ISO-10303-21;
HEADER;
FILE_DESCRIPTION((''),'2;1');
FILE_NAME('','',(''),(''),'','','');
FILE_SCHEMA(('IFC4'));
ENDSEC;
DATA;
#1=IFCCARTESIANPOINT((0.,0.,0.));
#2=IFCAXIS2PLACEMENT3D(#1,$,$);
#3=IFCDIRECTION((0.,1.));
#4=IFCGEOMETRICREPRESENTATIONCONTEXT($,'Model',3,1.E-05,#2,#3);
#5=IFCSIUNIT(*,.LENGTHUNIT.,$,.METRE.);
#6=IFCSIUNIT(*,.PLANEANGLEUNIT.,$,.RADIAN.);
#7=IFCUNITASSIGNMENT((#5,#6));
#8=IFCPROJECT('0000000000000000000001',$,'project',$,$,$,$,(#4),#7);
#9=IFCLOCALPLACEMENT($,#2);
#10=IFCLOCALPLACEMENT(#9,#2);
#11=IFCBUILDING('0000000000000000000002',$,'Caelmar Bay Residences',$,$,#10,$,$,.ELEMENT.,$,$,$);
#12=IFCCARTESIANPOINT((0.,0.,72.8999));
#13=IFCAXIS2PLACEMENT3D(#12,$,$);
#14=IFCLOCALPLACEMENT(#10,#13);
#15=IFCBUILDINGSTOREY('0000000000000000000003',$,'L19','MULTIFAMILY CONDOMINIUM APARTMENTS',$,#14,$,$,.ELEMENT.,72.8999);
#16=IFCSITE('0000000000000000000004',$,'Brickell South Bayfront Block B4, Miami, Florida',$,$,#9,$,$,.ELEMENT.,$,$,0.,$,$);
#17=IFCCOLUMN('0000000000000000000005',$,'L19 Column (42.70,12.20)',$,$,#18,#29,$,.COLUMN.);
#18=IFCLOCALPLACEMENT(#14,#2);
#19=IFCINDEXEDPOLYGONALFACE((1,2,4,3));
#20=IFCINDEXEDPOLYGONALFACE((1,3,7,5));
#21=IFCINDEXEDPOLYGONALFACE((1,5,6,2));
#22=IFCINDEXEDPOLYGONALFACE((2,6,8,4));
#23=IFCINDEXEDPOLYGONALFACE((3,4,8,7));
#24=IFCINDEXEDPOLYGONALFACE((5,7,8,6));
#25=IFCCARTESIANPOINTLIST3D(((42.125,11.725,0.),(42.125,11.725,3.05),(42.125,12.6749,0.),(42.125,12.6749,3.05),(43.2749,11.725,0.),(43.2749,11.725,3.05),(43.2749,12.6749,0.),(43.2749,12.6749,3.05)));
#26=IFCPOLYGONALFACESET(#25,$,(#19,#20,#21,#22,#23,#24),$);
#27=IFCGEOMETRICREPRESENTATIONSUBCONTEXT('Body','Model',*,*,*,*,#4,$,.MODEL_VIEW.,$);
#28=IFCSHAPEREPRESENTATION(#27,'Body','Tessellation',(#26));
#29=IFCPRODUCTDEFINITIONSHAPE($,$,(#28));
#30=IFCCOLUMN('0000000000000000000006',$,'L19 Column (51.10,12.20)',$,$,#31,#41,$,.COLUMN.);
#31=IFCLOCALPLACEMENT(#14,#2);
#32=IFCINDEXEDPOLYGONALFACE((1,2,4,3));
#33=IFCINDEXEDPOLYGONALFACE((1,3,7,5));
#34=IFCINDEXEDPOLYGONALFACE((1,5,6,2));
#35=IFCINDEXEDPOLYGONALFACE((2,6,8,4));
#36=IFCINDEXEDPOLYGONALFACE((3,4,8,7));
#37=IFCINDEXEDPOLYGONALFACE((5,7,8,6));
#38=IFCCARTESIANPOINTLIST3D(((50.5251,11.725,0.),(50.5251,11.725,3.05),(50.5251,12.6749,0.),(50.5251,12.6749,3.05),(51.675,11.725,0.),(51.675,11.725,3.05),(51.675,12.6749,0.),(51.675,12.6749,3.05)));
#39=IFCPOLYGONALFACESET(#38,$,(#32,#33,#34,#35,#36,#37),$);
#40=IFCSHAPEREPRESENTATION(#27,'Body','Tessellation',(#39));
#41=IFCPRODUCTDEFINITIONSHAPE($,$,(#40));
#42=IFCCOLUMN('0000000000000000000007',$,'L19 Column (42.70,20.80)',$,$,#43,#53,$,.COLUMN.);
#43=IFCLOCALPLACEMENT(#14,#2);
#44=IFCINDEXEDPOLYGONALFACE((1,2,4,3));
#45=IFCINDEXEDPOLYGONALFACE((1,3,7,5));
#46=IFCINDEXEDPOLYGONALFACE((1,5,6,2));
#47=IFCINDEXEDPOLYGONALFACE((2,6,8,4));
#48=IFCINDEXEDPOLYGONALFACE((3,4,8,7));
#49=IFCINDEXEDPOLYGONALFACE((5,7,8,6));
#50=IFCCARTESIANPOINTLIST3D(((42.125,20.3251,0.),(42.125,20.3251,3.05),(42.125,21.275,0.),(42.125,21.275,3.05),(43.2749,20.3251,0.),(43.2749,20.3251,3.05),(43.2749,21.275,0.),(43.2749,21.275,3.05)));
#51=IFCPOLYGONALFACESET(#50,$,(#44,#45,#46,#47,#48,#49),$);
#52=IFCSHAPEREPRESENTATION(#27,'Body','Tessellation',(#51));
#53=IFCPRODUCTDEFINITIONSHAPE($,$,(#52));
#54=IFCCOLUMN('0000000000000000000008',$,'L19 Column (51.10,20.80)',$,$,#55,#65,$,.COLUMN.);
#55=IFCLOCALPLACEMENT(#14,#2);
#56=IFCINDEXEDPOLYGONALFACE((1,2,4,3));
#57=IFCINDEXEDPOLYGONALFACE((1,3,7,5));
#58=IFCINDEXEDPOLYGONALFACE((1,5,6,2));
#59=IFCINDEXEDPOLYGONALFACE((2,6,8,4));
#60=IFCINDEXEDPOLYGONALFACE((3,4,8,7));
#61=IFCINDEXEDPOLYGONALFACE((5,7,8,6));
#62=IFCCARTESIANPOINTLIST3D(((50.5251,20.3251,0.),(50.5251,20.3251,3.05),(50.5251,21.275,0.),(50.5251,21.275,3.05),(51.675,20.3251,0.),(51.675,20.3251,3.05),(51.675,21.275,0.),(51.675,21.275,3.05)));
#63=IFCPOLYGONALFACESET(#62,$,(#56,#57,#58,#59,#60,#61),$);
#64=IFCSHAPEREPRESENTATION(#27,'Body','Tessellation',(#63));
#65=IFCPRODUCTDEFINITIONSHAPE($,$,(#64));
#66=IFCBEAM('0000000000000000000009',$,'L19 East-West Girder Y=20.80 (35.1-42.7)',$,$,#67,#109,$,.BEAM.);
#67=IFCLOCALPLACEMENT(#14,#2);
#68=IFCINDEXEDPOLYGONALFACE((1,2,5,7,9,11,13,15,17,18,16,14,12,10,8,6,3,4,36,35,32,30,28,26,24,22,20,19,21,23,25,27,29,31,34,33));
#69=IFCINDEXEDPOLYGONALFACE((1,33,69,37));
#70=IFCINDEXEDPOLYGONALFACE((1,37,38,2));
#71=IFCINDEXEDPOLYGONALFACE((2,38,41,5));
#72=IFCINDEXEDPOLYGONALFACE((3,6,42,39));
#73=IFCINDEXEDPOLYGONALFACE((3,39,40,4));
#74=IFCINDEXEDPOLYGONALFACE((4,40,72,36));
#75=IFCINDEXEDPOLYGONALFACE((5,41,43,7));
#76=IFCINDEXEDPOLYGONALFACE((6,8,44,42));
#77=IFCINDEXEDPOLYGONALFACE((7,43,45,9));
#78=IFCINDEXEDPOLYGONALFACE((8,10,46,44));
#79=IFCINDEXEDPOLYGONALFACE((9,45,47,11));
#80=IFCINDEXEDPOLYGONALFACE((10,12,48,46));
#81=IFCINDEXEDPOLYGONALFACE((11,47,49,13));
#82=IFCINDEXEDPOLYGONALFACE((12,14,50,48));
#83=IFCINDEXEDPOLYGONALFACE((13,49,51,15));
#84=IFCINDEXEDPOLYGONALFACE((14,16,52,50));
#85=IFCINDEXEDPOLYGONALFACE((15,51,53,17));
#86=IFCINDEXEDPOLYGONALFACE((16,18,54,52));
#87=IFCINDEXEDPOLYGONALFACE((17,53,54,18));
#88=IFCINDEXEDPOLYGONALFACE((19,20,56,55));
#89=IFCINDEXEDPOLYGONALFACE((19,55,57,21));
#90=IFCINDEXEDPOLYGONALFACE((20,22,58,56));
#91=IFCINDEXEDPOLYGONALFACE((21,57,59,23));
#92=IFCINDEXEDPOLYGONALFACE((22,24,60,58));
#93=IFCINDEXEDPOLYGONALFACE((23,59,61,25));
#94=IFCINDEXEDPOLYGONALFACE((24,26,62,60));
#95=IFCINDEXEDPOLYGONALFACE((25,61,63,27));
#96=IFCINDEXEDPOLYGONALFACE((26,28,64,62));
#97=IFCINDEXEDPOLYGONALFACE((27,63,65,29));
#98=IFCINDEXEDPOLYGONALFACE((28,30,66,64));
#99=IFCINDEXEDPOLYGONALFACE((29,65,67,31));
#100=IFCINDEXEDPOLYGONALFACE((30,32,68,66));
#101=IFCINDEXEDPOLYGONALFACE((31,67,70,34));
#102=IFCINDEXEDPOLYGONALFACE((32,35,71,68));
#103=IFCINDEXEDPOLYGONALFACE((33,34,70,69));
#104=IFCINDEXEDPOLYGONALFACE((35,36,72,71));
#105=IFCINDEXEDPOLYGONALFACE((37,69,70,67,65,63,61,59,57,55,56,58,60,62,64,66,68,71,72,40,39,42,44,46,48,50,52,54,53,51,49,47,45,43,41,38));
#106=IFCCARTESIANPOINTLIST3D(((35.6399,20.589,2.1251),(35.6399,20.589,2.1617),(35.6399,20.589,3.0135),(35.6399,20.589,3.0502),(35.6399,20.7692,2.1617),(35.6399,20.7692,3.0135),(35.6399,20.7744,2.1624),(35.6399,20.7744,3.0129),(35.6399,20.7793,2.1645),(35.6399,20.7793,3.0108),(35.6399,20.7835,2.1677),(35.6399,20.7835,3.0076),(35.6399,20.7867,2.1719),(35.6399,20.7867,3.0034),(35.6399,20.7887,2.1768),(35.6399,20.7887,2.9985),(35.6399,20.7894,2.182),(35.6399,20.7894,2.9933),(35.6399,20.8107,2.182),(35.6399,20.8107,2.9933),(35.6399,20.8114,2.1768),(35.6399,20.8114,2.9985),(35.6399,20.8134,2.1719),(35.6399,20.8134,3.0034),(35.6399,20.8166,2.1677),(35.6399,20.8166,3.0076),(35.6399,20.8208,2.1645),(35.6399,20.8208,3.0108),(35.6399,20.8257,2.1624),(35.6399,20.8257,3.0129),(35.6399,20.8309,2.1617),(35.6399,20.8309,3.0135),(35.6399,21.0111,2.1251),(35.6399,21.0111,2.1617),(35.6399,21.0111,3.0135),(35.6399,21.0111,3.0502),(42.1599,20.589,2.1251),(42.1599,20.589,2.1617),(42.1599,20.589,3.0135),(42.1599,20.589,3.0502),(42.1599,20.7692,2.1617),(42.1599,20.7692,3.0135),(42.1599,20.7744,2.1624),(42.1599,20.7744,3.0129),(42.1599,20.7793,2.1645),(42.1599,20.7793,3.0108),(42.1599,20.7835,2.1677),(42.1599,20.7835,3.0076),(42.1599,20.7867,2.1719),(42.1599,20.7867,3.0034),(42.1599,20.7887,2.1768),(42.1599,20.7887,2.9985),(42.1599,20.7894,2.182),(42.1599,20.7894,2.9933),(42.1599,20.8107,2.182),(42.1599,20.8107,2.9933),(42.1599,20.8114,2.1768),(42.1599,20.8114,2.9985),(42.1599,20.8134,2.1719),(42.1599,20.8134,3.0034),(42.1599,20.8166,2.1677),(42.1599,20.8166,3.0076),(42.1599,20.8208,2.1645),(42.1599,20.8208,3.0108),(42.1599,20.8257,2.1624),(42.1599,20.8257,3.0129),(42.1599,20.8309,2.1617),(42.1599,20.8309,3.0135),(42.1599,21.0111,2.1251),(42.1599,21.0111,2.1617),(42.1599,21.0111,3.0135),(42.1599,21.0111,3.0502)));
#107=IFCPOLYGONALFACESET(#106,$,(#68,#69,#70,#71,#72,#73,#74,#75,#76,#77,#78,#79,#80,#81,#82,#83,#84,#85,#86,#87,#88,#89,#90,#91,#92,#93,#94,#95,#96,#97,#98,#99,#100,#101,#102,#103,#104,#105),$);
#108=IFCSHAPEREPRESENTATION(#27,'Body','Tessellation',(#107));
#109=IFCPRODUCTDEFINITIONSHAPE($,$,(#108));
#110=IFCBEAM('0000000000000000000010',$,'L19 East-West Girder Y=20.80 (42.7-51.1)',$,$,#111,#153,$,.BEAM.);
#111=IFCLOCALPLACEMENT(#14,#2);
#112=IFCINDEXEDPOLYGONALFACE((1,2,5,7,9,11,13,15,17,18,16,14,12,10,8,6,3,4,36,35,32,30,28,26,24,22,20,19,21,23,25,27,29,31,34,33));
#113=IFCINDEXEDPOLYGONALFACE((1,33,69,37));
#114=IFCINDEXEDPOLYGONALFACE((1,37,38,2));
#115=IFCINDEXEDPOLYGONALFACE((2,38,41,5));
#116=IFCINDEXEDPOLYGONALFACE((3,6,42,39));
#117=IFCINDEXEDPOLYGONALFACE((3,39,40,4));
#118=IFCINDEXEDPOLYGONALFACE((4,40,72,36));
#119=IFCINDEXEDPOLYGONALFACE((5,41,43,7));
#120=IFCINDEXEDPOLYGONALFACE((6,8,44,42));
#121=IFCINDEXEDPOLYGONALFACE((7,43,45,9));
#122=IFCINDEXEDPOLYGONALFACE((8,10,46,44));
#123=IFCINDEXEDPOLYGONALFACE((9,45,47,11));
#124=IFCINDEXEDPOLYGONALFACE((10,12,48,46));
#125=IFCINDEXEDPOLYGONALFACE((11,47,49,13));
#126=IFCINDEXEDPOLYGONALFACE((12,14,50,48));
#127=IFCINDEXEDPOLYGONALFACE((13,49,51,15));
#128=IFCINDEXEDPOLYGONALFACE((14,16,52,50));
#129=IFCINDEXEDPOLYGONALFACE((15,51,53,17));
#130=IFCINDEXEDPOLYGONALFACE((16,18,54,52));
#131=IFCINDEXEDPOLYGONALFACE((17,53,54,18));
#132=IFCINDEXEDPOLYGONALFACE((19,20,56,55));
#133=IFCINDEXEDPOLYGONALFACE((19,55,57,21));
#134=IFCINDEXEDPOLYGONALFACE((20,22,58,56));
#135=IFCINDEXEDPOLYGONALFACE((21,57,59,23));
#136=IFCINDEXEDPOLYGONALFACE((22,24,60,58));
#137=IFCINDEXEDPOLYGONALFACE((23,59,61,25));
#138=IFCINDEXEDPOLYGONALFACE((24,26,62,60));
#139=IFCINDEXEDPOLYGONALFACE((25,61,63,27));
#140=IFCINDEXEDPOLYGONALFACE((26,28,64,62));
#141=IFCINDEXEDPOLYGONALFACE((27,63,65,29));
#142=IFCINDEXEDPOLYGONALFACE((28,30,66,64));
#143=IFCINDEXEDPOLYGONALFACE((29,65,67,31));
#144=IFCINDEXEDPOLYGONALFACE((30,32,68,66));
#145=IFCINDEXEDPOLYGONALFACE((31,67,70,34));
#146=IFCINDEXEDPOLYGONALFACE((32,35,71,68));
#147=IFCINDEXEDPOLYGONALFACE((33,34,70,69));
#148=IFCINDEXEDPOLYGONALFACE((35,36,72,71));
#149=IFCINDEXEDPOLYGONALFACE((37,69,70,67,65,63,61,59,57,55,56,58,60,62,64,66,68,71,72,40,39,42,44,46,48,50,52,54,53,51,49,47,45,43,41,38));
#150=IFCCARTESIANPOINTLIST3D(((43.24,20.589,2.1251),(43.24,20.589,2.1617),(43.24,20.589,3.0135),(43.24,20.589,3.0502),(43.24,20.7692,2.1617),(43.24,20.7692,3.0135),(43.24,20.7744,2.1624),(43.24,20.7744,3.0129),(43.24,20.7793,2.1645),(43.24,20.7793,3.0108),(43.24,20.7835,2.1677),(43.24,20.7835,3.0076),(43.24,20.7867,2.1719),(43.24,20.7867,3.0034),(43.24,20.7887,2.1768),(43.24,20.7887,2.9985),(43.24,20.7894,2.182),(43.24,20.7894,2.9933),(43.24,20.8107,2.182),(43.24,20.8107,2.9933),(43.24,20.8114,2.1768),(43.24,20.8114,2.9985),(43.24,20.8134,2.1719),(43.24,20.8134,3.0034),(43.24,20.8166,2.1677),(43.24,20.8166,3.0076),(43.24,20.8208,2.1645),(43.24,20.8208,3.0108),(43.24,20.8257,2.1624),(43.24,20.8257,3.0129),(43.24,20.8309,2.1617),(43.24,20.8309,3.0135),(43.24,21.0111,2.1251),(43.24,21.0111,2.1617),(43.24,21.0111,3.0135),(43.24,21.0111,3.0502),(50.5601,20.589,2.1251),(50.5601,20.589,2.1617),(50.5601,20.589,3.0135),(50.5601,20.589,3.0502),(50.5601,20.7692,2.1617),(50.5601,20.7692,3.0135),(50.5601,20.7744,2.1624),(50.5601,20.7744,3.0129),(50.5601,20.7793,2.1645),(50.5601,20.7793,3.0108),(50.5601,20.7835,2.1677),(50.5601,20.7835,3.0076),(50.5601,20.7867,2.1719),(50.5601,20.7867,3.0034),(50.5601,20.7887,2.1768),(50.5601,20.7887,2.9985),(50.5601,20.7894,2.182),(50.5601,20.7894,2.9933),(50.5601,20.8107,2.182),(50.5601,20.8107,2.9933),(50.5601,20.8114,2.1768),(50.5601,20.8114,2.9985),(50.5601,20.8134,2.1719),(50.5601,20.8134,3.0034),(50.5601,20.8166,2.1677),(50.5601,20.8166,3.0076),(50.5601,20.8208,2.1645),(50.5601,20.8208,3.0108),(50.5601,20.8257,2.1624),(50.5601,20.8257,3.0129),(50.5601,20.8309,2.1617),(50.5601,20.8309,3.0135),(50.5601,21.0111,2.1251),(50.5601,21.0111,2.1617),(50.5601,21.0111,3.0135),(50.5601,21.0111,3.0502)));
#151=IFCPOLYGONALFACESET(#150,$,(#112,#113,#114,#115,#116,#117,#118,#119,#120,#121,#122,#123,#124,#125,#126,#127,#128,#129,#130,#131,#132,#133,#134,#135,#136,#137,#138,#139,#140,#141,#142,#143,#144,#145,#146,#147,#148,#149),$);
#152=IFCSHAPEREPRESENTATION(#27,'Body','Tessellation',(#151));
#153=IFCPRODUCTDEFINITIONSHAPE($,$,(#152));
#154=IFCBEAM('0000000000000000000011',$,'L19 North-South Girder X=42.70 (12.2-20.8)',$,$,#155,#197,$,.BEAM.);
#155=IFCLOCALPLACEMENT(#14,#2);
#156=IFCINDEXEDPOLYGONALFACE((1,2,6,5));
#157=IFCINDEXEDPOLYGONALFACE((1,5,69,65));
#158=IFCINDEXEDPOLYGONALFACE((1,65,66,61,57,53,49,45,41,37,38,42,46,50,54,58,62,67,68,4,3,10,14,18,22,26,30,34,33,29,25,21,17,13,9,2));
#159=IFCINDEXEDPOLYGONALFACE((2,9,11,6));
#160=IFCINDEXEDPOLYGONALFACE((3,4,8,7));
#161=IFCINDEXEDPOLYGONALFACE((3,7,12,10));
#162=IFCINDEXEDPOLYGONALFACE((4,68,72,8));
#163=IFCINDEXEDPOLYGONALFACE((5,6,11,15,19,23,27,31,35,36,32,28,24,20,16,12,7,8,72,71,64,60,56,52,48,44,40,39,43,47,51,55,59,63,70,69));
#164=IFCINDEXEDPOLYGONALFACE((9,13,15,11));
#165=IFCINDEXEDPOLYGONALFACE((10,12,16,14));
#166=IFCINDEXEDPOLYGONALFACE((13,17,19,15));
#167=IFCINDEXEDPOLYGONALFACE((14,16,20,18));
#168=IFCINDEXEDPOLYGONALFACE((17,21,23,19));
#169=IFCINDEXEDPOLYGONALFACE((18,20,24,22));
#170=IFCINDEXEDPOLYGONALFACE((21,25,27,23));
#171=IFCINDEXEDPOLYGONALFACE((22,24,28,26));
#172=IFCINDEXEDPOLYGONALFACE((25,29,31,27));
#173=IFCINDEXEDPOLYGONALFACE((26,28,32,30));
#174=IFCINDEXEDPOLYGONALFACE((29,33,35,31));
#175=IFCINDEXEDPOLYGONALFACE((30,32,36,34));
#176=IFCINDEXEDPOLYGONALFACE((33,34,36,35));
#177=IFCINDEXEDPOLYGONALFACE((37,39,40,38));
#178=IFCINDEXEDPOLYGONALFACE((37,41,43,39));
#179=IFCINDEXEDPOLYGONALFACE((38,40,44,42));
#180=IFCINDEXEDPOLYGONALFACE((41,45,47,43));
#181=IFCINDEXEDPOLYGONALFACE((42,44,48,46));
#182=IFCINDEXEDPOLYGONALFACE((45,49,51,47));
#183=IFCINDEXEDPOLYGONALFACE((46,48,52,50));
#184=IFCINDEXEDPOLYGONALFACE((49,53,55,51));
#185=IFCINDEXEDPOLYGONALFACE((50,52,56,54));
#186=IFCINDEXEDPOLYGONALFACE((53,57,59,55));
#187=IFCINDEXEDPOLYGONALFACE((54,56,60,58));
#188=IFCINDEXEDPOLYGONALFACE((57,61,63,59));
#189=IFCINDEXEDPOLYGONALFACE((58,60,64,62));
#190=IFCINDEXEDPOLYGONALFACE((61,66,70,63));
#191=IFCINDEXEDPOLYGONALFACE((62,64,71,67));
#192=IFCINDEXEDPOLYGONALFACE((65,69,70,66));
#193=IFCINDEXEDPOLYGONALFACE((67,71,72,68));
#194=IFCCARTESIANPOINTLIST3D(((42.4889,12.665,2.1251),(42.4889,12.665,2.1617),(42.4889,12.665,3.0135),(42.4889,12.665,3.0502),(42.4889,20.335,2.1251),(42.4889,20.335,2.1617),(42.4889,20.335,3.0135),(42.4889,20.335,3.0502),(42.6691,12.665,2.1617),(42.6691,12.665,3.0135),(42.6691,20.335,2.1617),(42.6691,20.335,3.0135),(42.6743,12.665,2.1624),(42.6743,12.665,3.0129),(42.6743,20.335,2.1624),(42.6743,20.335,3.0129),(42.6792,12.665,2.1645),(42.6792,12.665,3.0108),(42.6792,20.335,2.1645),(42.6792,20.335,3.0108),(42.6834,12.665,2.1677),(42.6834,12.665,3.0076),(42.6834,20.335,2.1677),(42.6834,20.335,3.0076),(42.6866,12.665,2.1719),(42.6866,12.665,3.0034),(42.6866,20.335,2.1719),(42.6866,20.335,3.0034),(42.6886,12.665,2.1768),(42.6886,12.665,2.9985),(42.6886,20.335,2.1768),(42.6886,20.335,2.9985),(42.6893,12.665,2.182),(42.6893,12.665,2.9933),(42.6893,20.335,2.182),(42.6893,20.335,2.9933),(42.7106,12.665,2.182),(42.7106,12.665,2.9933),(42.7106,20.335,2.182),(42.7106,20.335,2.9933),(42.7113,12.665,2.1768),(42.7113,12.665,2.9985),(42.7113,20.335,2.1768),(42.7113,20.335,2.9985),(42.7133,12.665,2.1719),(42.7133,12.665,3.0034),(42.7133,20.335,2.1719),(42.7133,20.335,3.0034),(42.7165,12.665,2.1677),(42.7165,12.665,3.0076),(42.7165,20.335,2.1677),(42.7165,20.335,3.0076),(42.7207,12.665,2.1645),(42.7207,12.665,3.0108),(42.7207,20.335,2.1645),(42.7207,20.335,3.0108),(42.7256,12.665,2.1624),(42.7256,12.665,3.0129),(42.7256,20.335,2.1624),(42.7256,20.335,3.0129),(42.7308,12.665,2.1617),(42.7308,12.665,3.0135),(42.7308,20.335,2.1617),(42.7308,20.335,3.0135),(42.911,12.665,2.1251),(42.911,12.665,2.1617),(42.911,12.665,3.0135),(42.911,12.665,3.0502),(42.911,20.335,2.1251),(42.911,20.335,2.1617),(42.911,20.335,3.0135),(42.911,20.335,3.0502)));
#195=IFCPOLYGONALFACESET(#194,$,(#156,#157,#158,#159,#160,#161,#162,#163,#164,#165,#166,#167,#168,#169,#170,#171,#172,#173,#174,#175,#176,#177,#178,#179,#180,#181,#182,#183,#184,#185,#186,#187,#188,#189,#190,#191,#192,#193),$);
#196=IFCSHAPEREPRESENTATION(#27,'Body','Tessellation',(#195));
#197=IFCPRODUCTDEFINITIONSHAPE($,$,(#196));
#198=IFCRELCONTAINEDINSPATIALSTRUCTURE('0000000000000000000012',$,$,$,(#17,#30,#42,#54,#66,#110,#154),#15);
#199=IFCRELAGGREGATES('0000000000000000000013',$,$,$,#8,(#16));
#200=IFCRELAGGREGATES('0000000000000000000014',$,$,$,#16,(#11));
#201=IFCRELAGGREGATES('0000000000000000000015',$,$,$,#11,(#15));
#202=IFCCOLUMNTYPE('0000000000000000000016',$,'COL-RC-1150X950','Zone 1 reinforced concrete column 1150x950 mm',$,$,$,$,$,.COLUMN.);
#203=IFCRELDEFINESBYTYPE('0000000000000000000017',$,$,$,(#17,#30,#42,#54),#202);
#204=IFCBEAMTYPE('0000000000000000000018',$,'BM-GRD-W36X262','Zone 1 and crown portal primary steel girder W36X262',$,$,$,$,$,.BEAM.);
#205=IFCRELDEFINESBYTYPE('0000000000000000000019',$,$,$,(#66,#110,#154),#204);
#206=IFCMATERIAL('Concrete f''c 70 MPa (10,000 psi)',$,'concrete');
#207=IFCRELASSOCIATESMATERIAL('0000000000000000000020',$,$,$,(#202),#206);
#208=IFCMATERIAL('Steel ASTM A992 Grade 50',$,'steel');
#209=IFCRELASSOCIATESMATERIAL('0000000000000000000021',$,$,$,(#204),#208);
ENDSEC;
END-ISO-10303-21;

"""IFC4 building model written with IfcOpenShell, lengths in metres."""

from ifc_helpers import new_model, si_unit, direction, frame, origin, origin_2d, place, context, subcontext, project, spatial, rectangle, i_section, extrude, material, material_profile, profile_set, type_object, element, save


model = new_model("IFC4")

# Units and contexts
model_context = context("Model", 3, precision=1e-05, world=origin(), true_north=direction((0.0, 1.0)))
body_context = subcontext(model_context, "Body", "Model", "MODEL_VIEW")
ifc_project = project(units=[si_unit("LENGTHUNIT", "METRE"), si_unit("PLANEANGLEUNIT", "RADIAN")], contexts=[model_context])

# Site, building, storey
site_placement = place(None, origin())
site = spatial("IfcSite", under=ifc_project, at=site_placement, Name="Brickell South Bayfront Block B4, Miami, Florida", CompositionType="ELEMENT", RefElevation=0.0)
building_placement = place(site_placement, origin())
building = spatial("IfcBuilding", under=site, at=building_placement, Name="Caelmar Bay Residences", CompositionType="ELEMENT")
storey_placement = place(building_placement, frame((0.0, 0.0, 72.8999)))
storey = spatial("IfcBuildingStorey", under=building, at=storey_placement, Name="L19", Description="MULTIFAMILY CONDOMINIUM APARTMENTS", CompositionType="ELEMENT", Elevation=72.8999)

# Columns
ifc_material_1 = material(Name="Concrete f'c 70 MPa (10,000 psi)", Category="concrete")
ifc_material_profile_1 = material_profile(ifc_material_1, rectangle(XDim=1.1499, YDim=0.95, at=origin_2d()), Name="RC-COL-1150X950")
ifc_profile_set_1 = profile_set([ifc_material_profile_1], Name="Concrete f'c 70 MPa (10,000 psi)")
column_type = type_object("IfcColumnType", Name="COL-RC-1150X950", Description="Zone 1 reinforced concrete column 1150x950 mm", PredefinedType="COLUMN", material=ifc_profile_set_1)
for number, where, z_axis, x_axis, name in (
    (1, (42.7, 12.2, 0.0), (0.0, 0.0, 1.0), (1.0, 0.0, 0.0), "L19 Column (42.70,12.20)"),
    (2, (51.1001, 12.2, 0.0), (0.0, 0.0, 1.0), (1.0, 0.0, 0.0), "L19 Column (51.10,12.20)"),
    (3, (42.7, 20.8, 0.0), (0.0, 0.0, 1.0), (1.0, 0.0, 0.0), "L19 Column (42.70,20.80)"),
    (4, (51.1001, 20.8, 0.0), (0.0, 0.0, 1.0), (1.0, 0.0, 0.0), "L19 Column (51.10,20.80)"),
):
    element("IfcColumn", number, at=place(storey_placement, frame(where, z_axis=z_axis, x_axis=x_axis)), inside=storey, type_object=column_type, Name=name, PredefinedType="COLUMN", context=body_context, shape_type="SweptSolid", body=[
        extrude(rectangle(XDim=1.1499, YDim=0.95, at=origin_2d()), origin(), (0.0, 0.0, 1.0), 3.05),
    ])

# Beams
ifc_material_2 = material(Name="Steel ASTM A992 Grade 50", Category="steel")
ifc_material_profile_2 = material_profile(ifc_material_2, i_section(OverallWidth=0.4221, OverallDepth=0.925, WebThickness=0.0212, FlangeThickness=0.0366, FilletRadius=0.0203, at=origin_2d()), Name="W36X262")
ifc_profile_set_2 = profile_set([ifc_material_profile_2], Name="Steel ASTM A992 Grade 50")
beam_type_1 = type_object("IfcBeamType", Name="BM-GRD-W36X262", Description="Zone 1 and crown portal primary steel girder W36X262", PredefinedType="BEAM", material=ifc_profile_set_2)
beam_1_placement = place(storey_placement, frame((35.6399, 20.8, 2.5876), z_axis=(1.0, 0.0, 0.0), x_axis=(0.0, 1.0, 0.0)))
element("IfcBeam", 5, at=beam_1_placement, inside=storey, type_object=beam_type_1, Name="L19 East-West Girder Y=20.80 (35.1-42.7)", PredefinedType="BEAM", context=body_context, shape_type="SweptSolid", body=[
    extrude(i_section(OverallWidth=0.4221, OverallDepth=0.925, WebThickness=0.0212, FlangeThickness=0.0366, FilletRadius=0.0203, at=origin_2d()), origin(), (0.0, 0.0, 1.0), 6.52),
])
beam_2_placement = place(storey_placement, frame((43.24, 20.8, 2.5876), z_axis=(1.0, 0.0, 0.0), x_axis=(0.0, 1.0, 0.0)))
element("IfcBeam", 6, at=beam_2_placement, inside=storey, type_object=beam_type_1, Name="L19 East-West Girder Y=20.80 (42.7-51.1)", PredefinedType="BEAM", context=body_context, shape_type="SweptSolid", body=[
    extrude(i_section(OverallWidth=0.4221, OverallDepth=0.925, WebThickness=0.0212, FlangeThickness=0.0366, FilletRadius=0.0203, at=origin_2d()), origin(), (0.0, 0.0, 1.0), 7.3201),
])
for number, where, z_axis, x_axis, name in (
    (7, (42.7, 12.665, 2.5876), (0.0, 1.0, 0.0), (-1.0, 0.0, 0.0), "L19 North-South Girder X=42.70 (12.2-20.8)"),
):
    element("IfcBeam", number, at=place(storey_placement, frame(where, z_axis=z_axis, x_axis=x_axis)), inside=storey, type_object=beam_type_1, Name=name, PredefinedType="BEAM", context=body_context, shape_type="SweptSolid", body=[
        extrude(i_section(OverallWidth=0.4221, OverallDepth=0.925, WebThickness=0.0212, FlangeThickness=0.0366, FilletRadius=0.0203, at=origin_2d()), origin(), (0.0, 0.0, 1.0), 7.6699),
    ])

save(model, "model.ifc")
